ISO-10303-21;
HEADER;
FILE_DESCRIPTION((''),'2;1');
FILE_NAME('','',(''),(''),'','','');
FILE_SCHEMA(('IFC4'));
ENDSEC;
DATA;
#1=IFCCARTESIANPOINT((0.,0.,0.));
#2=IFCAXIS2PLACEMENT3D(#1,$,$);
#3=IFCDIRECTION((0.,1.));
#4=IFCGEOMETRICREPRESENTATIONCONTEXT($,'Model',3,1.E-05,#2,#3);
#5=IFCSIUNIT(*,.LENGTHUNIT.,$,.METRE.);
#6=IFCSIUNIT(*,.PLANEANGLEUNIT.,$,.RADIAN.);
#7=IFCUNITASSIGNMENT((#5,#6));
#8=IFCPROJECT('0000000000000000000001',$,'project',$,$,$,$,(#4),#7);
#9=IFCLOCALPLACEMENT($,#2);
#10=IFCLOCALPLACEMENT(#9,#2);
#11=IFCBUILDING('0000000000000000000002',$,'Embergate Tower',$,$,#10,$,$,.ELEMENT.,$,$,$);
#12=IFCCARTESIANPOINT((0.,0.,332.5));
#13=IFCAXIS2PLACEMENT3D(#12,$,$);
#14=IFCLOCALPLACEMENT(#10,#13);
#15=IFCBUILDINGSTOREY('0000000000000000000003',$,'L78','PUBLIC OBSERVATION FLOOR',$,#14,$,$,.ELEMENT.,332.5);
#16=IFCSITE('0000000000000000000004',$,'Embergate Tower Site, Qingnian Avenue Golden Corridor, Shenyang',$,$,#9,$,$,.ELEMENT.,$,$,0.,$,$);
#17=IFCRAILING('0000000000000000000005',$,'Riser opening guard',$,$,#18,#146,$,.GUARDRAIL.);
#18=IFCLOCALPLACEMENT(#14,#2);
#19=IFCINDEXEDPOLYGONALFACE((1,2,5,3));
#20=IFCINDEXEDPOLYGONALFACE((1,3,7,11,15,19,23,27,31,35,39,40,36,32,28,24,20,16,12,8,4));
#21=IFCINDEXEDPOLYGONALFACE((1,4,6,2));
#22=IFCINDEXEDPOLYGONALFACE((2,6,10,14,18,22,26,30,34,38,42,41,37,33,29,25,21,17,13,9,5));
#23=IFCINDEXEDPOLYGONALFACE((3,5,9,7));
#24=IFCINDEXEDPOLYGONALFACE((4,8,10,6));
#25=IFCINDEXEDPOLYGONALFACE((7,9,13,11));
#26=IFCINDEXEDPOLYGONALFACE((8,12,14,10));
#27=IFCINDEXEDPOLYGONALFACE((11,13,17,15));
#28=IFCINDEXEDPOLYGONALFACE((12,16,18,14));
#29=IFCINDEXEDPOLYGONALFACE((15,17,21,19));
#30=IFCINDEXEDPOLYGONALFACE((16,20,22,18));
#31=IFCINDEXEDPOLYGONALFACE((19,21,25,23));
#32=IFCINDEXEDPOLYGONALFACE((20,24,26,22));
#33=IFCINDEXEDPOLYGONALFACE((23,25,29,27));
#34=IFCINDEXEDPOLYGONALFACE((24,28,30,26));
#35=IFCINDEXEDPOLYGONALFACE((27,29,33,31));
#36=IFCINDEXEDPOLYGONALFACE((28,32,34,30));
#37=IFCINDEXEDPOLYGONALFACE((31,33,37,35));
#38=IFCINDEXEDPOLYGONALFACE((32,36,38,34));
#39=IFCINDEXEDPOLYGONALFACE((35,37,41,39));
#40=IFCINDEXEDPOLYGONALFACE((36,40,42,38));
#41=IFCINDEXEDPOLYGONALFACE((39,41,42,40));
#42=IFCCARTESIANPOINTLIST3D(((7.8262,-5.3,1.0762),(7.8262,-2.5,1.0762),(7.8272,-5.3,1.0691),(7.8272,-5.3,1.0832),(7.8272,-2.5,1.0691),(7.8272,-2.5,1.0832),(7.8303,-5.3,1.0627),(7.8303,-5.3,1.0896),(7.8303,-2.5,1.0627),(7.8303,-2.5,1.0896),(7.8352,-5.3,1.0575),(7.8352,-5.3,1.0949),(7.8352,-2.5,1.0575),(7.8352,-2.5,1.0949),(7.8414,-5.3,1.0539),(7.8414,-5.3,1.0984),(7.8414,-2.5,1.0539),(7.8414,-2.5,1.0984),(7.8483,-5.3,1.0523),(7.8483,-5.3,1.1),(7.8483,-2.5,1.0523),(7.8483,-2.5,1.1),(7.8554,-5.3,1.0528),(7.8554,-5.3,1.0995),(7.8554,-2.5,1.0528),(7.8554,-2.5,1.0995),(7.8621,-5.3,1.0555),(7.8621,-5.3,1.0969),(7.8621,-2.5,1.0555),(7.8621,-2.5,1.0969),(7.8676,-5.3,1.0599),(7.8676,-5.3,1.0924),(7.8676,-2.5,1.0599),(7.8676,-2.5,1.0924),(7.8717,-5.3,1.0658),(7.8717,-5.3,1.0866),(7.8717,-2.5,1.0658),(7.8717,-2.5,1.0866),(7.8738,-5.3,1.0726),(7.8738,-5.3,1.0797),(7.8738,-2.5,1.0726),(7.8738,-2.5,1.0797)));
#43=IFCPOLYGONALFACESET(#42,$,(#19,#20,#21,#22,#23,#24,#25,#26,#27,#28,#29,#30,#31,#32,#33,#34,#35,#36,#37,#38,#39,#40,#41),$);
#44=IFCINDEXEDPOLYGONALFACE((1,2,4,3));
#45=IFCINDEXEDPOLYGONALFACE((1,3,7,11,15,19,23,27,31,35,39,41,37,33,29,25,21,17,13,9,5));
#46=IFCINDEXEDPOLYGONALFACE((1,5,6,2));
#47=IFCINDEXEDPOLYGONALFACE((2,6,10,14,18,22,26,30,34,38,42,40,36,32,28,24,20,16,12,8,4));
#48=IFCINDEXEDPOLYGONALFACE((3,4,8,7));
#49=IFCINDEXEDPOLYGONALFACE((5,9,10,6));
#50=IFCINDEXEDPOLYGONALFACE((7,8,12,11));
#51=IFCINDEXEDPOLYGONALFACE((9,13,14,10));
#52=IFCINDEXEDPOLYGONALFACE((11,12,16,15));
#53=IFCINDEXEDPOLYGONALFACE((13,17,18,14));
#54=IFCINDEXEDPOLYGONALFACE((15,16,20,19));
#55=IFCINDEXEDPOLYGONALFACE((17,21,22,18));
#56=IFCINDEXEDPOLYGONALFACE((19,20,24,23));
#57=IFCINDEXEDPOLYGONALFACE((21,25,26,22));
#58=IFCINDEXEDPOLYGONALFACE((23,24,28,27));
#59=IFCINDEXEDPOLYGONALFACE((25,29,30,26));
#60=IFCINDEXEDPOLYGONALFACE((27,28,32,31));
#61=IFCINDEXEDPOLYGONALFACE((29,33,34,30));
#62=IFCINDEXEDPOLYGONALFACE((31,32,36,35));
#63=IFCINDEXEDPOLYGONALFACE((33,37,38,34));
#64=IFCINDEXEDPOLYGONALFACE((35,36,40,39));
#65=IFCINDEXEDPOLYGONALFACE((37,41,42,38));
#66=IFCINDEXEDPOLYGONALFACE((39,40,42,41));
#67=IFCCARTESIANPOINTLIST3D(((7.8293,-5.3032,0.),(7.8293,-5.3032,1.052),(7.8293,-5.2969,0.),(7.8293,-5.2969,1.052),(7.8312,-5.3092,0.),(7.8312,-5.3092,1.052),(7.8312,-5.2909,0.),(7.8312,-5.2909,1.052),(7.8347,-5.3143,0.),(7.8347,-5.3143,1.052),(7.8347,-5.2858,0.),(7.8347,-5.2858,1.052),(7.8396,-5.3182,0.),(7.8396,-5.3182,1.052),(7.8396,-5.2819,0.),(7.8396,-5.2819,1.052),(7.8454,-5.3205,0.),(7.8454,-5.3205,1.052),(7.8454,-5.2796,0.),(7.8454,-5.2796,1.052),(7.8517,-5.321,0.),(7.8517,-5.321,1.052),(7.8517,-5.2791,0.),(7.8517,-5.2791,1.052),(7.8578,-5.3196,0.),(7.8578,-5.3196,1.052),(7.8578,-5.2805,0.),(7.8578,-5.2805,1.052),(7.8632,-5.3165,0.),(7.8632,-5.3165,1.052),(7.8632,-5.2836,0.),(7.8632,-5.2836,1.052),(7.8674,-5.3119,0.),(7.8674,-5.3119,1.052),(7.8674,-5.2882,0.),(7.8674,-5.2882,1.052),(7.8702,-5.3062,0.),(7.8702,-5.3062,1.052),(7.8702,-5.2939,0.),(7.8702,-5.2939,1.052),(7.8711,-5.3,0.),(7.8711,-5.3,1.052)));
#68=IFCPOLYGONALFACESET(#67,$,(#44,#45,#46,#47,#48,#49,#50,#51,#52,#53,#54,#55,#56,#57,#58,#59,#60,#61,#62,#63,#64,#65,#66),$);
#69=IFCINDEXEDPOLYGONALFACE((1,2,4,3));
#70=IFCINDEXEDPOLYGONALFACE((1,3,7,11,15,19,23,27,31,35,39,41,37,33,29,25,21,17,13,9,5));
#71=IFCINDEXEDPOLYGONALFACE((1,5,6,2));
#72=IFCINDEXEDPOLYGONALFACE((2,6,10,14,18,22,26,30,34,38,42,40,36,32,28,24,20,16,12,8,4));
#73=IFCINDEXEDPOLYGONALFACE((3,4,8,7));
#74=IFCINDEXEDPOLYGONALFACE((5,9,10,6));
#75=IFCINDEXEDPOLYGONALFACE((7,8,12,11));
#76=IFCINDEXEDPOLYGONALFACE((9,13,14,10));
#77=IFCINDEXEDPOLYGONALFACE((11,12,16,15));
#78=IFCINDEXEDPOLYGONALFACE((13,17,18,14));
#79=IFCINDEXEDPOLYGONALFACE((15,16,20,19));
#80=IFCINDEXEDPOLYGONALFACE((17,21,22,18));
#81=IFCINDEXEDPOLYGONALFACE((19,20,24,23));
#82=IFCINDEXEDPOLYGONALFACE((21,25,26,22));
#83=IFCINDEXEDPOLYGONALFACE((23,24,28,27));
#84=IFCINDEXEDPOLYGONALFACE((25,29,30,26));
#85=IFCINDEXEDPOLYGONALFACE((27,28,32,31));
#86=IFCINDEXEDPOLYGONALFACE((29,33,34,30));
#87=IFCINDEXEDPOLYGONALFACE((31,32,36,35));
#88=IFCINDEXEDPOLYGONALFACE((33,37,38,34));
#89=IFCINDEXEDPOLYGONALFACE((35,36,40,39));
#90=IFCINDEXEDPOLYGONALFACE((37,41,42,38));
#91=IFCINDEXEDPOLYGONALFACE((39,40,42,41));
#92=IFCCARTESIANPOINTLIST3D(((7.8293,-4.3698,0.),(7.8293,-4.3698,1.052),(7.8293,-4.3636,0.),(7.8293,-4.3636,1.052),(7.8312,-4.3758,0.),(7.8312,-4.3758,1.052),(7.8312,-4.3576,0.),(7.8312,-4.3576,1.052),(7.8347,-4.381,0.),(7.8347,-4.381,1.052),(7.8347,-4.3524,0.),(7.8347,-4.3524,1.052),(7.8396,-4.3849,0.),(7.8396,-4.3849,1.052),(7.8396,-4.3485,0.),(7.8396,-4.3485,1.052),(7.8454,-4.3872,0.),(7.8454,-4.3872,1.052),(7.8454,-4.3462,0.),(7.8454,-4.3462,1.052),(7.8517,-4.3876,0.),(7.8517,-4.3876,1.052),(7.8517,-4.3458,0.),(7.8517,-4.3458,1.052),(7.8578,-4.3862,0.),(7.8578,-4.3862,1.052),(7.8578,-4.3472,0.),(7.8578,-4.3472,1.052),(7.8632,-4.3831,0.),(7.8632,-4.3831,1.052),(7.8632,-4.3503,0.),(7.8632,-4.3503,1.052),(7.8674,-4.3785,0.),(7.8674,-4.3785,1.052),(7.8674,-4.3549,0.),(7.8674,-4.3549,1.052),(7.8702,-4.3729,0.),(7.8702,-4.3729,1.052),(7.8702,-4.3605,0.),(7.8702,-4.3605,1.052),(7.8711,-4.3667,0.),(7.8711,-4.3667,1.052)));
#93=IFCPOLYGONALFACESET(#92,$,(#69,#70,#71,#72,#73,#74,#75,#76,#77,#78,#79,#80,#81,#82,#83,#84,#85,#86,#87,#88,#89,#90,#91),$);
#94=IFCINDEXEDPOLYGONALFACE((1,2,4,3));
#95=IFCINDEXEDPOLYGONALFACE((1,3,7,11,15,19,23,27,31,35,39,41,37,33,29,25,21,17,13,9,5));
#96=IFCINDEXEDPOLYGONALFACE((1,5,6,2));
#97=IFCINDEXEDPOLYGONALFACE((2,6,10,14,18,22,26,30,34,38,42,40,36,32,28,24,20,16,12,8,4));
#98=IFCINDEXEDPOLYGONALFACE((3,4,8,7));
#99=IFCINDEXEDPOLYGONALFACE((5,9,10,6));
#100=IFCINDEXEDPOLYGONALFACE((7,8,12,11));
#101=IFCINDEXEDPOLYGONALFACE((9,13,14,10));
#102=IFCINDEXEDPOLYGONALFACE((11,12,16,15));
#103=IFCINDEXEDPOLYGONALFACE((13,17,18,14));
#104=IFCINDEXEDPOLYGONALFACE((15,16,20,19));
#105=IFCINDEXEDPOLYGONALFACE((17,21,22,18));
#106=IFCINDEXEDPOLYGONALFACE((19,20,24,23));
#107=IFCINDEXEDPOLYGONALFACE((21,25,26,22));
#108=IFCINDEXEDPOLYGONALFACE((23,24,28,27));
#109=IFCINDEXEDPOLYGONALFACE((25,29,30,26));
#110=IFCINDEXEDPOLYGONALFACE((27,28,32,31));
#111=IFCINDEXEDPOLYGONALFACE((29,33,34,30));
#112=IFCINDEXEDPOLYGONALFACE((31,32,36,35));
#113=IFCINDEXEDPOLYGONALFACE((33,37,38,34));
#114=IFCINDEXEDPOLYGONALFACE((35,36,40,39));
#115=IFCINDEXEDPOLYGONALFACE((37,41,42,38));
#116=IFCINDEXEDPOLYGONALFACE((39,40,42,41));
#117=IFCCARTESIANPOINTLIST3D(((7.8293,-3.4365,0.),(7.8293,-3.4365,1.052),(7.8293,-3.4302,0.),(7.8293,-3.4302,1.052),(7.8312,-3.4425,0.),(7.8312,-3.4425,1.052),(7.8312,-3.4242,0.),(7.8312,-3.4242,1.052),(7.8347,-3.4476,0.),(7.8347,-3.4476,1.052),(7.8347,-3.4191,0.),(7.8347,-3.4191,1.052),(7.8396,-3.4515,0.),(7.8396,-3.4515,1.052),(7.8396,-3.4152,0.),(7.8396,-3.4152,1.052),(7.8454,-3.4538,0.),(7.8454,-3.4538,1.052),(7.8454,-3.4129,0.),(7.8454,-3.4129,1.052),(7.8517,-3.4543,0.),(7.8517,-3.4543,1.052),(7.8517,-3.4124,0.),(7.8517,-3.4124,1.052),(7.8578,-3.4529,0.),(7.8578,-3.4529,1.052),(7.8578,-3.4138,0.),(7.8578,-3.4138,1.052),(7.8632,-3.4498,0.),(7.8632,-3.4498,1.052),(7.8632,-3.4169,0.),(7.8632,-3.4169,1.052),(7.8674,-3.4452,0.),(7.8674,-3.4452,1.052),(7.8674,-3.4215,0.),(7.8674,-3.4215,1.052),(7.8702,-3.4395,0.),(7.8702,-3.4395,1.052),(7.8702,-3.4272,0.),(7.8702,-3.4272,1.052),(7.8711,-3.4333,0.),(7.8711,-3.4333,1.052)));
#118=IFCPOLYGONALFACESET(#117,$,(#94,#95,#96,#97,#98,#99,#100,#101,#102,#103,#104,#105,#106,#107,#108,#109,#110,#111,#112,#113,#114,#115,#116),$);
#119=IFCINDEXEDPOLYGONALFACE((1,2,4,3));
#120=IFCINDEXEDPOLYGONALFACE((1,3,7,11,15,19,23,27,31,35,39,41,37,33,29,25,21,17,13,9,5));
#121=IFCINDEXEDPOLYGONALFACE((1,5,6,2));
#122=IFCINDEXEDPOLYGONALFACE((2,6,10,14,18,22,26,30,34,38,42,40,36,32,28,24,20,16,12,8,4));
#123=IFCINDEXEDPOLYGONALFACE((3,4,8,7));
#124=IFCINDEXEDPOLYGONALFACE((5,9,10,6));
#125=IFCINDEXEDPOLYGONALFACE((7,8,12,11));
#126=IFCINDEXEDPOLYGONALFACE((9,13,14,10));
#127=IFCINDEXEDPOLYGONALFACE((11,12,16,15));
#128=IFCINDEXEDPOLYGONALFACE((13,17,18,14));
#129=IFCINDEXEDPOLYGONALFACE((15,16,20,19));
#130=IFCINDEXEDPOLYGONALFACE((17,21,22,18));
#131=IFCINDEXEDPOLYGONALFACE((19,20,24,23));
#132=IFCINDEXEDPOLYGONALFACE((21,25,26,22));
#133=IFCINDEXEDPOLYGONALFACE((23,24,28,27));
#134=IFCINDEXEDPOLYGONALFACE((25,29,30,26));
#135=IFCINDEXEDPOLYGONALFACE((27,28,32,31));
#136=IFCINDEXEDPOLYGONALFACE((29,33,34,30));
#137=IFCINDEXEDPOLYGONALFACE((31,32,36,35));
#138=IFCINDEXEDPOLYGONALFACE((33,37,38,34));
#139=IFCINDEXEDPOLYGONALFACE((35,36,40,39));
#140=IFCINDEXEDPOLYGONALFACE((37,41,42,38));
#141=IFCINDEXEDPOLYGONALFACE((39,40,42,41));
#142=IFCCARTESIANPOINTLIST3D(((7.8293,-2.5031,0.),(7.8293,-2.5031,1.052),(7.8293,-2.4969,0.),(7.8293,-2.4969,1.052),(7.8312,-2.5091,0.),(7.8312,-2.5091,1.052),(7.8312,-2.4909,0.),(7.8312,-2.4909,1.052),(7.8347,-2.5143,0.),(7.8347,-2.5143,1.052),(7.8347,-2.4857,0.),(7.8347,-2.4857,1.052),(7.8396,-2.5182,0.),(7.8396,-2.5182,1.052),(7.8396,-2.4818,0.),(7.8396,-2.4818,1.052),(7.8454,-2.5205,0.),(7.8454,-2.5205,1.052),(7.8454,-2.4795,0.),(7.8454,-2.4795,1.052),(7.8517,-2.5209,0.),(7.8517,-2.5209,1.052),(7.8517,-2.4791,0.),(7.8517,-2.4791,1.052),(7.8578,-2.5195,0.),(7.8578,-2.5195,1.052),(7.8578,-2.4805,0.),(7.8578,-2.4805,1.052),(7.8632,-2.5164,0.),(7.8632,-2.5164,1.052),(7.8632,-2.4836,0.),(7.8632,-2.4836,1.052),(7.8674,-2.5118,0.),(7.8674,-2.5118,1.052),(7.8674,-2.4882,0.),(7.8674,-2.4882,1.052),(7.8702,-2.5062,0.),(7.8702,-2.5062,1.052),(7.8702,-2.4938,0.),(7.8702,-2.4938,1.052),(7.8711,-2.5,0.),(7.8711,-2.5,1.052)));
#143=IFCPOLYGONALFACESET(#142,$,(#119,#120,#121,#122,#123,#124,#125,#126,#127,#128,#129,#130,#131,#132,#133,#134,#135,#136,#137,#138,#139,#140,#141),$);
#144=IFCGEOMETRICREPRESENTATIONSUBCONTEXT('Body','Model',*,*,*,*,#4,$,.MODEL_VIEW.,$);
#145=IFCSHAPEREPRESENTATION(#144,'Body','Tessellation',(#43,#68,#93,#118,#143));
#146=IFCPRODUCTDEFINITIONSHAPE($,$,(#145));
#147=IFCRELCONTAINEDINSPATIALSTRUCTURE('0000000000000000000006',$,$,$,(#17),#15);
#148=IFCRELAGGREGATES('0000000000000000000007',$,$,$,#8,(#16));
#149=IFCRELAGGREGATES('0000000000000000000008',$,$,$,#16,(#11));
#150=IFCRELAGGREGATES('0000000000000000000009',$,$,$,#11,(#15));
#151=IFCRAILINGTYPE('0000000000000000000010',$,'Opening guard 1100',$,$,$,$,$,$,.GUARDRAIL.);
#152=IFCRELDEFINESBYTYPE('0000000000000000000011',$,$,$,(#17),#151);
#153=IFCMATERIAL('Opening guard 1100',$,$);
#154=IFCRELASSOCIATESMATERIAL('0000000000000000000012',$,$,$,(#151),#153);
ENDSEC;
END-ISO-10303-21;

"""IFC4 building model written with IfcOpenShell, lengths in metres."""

from ifc_helpers import new_model, si_unit, direction, frame, origin, origin_2d, place, context, subcontext, project, spatial, circle, extrude, source, transform, mapped, material, type_object, element, save


model = new_model("IFC4")

# Units and contexts
model_context = context("Model", 3, precision=1e-05, world=origin(), true_north=direction((0.0, 1.0)))
body_context = subcontext(model_context, "Body", "Model", "MODEL_VIEW")
ifc_project = project(units=[si_unit("LENGTHUNIT", "METRE"), si_unit("PLANEANGLEUNIT", "RADIAN")], contexts=[model_context])

# Site, building, storey
site_placement = place(None, origin())
site = spatial("IfcSite", under=ifc_project, at=site_placement, Name="Embergate Tower Site, Qingnian Avenue Golden Corridor, Shenyang", CompositionType="ELEMENT", RefElevation=0.0)
building_placement = place(site_placement, origin())
building = spatial("IfcBuilding", under=site, at=building_placement, Name="Embergate Tower", CompositionType="ELEMENT")
storey_placement = place(building_placement, frame((0.0, 0.0, 332.5)))
storey = spatial("IfcBuildingStorey", under=building, at=storey_placement, Name="L78", Description="PUBLIC OBSERVATION FLOOR", CompositionType="ELEMENT", Elevation=332.5)

# Railing
ifc_material_1 = material(Name="Opening guard 1100")
railing_type = type_object("IfcRailingType", Name="Opening guard 1100", PredefinedType="GUARDRAIL", material=ifc_material_1)
shared_shape_1 = source(origin(), body_context, "Body", "SweptSolid", [
    extrude(circle(Radius=0.0239, at=origin_2d()), frame((0.0, 0.0, 1.0762), z_axis=(0.0, 1.0, 0.0), x_axis=(-1.0, 0.0, 0.0)), (0.0, 0.0, 1.0), 2.8),
    extrude(circle(Radius=0.021, at=origin_2d()), origin(), (0.0, 0.0, 1.0), 1.052),
    extrude(circle(Radius=0.021, at=origin_2d()), frame((0.0, 0.9333, 0.0)), (0.0, 0.0, 1.0), 1.052),
    extrude(circle(Radius=0.021, at=origin_2d()), frame((0.0, 1.8667, 0.0)), (0.0, 0.0, 1.0), 1.052),
    extrude(circle(Radius=0.021, at=origin_2d()), frame((0.0, 2.8, 0.0)), (0.0, 0.0, 1.0), 1.052),
])
railing_placement = place(storey_placement, frame((7.8501, -5.3, 0.0)))
element("IfcRailing", 1, at=railing_placement, inside=storey, type_object=railing_type, Name="Riser opening guard", PredefinedType="GUARDRAIL", context=body_context, shape_type="MappedRepresentation", body=[
    mapped(shared_shape_1, transform((0.0, 0.0, 0.0))),
])

save(model, "model.ifc")
